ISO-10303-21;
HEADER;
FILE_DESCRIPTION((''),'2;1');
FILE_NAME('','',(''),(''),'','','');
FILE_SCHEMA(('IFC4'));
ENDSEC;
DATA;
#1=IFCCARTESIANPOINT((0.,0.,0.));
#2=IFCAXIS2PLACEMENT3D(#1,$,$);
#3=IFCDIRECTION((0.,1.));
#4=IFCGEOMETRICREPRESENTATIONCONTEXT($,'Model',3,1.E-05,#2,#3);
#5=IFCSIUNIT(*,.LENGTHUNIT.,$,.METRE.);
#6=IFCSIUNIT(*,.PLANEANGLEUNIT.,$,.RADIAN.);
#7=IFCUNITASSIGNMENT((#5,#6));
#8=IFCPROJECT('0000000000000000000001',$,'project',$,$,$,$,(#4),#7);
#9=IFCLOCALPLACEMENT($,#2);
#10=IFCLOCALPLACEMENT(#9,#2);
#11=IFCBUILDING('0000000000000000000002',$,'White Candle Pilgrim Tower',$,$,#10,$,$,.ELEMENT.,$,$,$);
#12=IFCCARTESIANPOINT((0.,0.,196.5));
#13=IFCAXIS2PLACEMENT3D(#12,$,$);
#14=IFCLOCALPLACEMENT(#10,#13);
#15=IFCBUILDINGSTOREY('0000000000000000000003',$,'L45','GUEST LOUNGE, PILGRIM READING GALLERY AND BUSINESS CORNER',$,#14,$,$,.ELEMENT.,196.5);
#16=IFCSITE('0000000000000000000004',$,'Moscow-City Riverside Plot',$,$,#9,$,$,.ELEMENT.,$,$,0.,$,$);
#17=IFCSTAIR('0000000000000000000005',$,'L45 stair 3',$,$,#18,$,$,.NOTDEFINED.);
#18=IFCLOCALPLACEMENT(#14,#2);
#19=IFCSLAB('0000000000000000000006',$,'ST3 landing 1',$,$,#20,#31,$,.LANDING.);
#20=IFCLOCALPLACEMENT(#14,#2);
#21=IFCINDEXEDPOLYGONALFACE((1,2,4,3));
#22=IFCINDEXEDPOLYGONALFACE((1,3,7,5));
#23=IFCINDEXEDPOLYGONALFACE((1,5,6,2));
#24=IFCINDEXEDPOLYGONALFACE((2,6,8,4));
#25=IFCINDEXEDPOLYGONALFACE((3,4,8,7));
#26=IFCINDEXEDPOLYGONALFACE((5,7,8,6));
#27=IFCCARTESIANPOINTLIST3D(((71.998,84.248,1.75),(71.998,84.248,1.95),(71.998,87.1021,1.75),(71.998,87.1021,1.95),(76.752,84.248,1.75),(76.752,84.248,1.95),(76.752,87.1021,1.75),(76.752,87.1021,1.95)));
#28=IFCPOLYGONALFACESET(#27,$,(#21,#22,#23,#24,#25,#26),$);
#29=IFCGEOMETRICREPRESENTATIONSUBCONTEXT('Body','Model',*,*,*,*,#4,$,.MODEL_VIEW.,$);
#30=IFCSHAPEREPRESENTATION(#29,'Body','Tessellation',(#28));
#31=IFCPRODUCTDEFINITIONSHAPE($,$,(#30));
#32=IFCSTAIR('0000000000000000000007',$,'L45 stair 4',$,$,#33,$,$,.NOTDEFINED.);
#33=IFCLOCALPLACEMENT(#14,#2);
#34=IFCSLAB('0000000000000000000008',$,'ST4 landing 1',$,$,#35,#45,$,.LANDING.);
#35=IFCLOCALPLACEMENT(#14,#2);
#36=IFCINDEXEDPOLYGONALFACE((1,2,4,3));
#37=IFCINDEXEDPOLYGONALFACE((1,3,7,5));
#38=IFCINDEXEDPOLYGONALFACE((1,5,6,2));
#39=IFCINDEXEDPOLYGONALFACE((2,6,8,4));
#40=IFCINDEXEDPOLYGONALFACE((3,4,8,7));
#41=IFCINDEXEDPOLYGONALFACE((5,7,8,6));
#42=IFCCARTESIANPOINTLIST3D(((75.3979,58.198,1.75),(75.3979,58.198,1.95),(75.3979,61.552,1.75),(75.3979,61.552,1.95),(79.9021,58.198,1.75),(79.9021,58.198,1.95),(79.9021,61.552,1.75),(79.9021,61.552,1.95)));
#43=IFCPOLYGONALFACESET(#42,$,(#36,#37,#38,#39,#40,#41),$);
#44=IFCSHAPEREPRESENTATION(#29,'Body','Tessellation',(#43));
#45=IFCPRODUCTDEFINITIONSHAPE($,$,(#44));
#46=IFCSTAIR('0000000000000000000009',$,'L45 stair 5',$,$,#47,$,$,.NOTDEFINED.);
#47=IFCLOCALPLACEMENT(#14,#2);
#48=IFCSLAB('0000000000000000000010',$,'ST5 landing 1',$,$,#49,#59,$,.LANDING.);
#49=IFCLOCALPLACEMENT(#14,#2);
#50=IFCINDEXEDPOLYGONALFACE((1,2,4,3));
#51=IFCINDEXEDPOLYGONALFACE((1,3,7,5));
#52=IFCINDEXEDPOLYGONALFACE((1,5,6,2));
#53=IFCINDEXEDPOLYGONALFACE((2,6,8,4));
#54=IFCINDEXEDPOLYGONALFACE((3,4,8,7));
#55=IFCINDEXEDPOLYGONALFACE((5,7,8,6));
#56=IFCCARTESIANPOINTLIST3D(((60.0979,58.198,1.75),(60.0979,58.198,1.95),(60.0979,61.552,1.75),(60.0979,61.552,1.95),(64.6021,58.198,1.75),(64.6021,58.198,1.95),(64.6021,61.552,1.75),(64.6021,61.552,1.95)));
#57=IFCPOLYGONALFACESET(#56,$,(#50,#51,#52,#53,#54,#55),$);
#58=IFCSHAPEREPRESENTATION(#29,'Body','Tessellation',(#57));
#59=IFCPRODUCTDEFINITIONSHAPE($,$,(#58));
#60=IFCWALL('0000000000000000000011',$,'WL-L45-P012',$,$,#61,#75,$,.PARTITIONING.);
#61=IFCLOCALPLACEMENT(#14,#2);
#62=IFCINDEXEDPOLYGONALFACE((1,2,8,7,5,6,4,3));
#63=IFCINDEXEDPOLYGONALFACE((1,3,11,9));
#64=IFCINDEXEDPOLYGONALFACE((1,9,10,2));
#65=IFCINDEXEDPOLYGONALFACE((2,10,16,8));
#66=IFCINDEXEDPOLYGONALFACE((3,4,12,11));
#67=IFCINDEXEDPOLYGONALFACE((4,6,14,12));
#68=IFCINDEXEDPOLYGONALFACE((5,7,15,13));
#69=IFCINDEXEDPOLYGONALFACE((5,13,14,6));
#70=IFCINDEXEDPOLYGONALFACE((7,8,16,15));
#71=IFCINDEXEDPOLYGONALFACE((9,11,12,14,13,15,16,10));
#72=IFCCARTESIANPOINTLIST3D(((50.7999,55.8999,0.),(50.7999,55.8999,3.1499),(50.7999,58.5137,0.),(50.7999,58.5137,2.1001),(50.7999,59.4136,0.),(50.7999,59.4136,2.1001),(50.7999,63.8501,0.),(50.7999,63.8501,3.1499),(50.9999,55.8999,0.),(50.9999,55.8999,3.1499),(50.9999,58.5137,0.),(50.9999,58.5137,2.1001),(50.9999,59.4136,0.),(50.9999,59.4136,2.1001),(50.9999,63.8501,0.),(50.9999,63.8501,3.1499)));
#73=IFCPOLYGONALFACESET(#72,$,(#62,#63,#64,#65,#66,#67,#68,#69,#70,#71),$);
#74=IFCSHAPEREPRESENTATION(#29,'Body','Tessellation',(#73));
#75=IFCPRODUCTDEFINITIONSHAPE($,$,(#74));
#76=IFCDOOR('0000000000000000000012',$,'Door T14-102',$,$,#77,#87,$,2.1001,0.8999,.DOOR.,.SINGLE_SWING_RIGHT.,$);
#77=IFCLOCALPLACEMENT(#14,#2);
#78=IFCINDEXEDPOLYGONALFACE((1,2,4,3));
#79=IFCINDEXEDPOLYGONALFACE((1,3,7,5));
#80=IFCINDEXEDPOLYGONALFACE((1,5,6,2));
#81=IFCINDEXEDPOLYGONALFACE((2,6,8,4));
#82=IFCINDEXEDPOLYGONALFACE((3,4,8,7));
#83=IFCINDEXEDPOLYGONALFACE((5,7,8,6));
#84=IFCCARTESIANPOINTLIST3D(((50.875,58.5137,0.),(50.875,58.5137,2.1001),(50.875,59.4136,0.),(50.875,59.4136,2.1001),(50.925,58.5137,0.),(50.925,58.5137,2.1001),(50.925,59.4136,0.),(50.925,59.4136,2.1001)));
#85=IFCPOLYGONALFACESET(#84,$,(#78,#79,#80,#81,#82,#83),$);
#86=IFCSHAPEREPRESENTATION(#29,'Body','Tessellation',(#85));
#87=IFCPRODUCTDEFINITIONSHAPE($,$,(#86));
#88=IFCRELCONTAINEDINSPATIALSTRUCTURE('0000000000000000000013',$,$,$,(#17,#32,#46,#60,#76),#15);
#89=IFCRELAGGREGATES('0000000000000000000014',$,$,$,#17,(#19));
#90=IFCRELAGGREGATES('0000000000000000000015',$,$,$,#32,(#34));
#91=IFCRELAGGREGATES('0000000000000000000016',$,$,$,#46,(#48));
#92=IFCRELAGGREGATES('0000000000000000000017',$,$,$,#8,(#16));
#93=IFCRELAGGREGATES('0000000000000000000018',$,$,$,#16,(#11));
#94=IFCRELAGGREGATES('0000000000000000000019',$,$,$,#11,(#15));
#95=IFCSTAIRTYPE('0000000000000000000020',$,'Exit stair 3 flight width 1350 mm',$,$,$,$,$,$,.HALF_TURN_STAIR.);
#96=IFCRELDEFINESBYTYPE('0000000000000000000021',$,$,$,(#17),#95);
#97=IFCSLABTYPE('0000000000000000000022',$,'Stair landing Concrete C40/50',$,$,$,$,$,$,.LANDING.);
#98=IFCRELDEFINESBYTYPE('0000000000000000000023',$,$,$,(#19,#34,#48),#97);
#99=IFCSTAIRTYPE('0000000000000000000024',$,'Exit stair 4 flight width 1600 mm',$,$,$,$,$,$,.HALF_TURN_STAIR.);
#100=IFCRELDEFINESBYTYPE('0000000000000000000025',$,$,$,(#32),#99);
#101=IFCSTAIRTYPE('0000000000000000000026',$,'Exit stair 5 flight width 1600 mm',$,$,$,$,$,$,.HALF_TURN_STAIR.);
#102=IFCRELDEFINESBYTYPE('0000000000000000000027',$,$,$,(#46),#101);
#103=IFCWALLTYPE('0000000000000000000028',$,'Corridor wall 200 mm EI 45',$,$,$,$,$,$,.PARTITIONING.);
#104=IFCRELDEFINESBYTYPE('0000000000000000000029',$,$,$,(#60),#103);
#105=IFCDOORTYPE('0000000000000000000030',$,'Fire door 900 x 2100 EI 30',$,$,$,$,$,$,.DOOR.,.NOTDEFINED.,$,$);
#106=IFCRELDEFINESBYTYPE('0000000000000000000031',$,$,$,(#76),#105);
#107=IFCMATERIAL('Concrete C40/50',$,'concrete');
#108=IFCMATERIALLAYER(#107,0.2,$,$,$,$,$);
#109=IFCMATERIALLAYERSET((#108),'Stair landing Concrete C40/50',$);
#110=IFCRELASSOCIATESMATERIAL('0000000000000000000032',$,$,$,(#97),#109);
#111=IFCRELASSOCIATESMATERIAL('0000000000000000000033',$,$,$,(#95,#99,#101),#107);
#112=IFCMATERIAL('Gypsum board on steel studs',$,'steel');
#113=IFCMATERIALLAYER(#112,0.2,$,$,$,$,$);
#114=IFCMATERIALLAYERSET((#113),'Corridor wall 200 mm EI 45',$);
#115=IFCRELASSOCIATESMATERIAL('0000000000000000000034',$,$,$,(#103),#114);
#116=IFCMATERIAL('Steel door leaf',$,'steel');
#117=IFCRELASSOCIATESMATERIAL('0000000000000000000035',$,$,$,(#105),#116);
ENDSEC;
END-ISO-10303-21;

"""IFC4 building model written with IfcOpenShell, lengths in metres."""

from ifc_helpers import new_model, si_unit, direction, frame, frame_2d, origin, place, context, subcontext, project, spatial, polyline, rectangle, outline, extrude, material, layer, layer_set, type_object, element, fill, aggregate, save


model = new_model("IFC4")

# Units and contexts
model_context = context("Model", 3, precision=1e-05, world=origin(), true_north=direction((0.0, 1.0)))
body_context = subcontext(model_context, "Body", "Model", "MODEL_VIEW")
ifc_project = project(units=[si_unit("LENGTHUNIT", "METRE"), si_unit("PLANEANGLEUNIT", "RADIAN")], contexts=[model_context])

# Site, building, storey
site_placement = place(None, origin())
site = spatial("IfcSite", under=ifc_project, at=site_placement, Name="Moscow-City Riverside Plot", CompositionType="ELEMENT", RefElevation=0.0)
building_placement = place(site_placement, origin())
building = spatial("IfcBuilding", under=site, at=building_placement, Name="White Candle Pilgrim Tower", CompositionType="ELEMENT")
storey_placement = place(building_placement, frame((0.0, 0.0, 196.5)))
storey = spatial("IfcBuildingStorey", under=building, at=storey_placement, Name="L45", Description="GUEST LOUNGE, PILGRIM READING GALLERY AND BUSINESS CORNER", CompositionType="ELEMENT", Elevation=196.5)

# Shared definitions
ifc_material_1 = material(Name="Concrete C40/50", Category="concrete")

# Stairs, slabs
ifc_layer_1 = layer(ifc_material_1, 0.2)
ifc_layer_set_1 = layer_set([ifc_layer_1], Name="Stair landing Concrete C40/50")
slab_type_1 = type_object("IfcSlabType", Name="Stair landing Concrete C40/50", PredefinedType="LANDING", material=ifc_layer_set_1)
stair_type_1 = type_object("IfcStairType", Name="Exit stair 3 flight width 1350 mm", PredefinedType="HALF_TURN_STAIR", material=ifc_material_1)
stair_1_placement = place(storey_placement, origin())
stair_1 = element("IfcStair", 1, at=stair_1_placement, inside=storey, type_object=stair_type_1, Name="L45 stair 3", PredefinedType="NOTDEFINED")
slab_1_placement = place(storey_placement, frame((0.0, 0.0, 1.75)))
slab_1 = element("IfcSlab", 2, at=slab_1_placement, type_object=slab_type_1, Name="ST3 landing 1", PredefinedType="LANDING", context=body_context, shape_type="SweptSolid", body=[
    extrude(outline(polyline([(71.998, 84.248), (71.998, 87.1021), (76.752, 87.1021), (76.752, 84.248), (71.998, 84.248)])), origin(), (0.0, 0.0, 1.0), 0.2),
])
aggregate(stair_1, [slab_1])
stair_type_2 = type_object("IfcStairType", Name="Exit stair 4 flight width 1600 mm", PredefinedType="HALF_TURN_STAIR", material=ifc_material_1)
stair_2_placement = place(storey_placement, origin())
stair_2 = element("IfcStair", 3, at=stair_2_placement, inside=storey, type_object=stair_type_2, Name="L45 stair 4", PredefinedType="NOTDEFINED")
slab_2_placement = place(storey_placement, frame((0.0, 0.0, 1.75)))
slab_2 = element("IfcSlab", 4, at=slab_2_placement, type_object=slab_type_1, Name="ST4 landing 1", PredefinedType="LANDING", context=body_context, shape_type="SweptSolid", body=[
    extrude(outline(polyline([(79.9021, 61.552), (79.9021, 58.198), (75.3979, 58.198), (75.3979, 61.552), (79.9021, 61.552)])), origin(), (0.0, 0.0, 1.0), 0.2),
])
aggregate(stair_2, [slab_2])
stair_type_3 = type_object("IfcStairType", Name="Exit stair 5 flight width 1600 mm", PredefinedType="HALF_TURN_STAIR", material=ifc_material_1)
stair_3_placement = place(storey_placement, origin())
stair_3 = element("IfcStair", 5, at=stair_3_placement, inside=storey, type_object=stair_type_3, Name="L45 stair 5", PredefinedType="NOTDEFINED")
slab_3_placement = place(storey_placement, frame((0.0, 0.0, 1.75)))
slab_3 = element("IfcSlab", 6, at=slab_3_placement, type_object=slab_type_1, Name="ST5 landing 1", PredefinedType="LANDING", context=body_context, shape_type="SweptSolid", body=[
    extrude(outline(polyline([(60.0979, 58.198), (60.0979, 61.552), (64.6021, 61.552), (64.6021, 58.198), (60.0979, 58.198)])), origin(), (0.0, 0.0, 1.0), 0.2),
])
aggregate(stair_3, [slab_3])

# Wall, opening, door
ifc_material_2 = material(Name="Gypsum board on steel studs", Category="steel")
ifc_layer_2 = layer(ifc_material_2, 0.2)
ifc_layer_set_2 = layer_set([ifc_layer_2], Name="Corridor wall 200 mm EI 45")
wall_type_1 = type_object("IfcWallType", Name="Corridor wall 200 mm EI 45", PredefinedType="PARTITIONING", material=ifc_layer_set_2)
wall_1_placement = place(storey_placement, frame((50.8999, 55.8999, 0.0), z_axis=(0.0, 0.0, 1.0), x_axis=(0.0, 1.0, 0.0)))
wall_1 = element("IfcWall", 7, at=wall_1_placement, inside=storey, type_object=wall_type_1, Name="WL-L45-P012", PredefinedType="PARTITIONING", context=body_context, shape_type="SweptSolid", body=[
    extrude(rectangle(XDim=7.9502, YDim=0.2, at=frame_2d((3.9751, 0.0))), origin(), (0.0, 0.0, 1.0), 3.1499),
])
opening_1_placement = place(wall_1_placement, frame((2.6138, 0.0, 0.0)))
opening_1 = element("IfcOpeningElement", 8, at=opening_1_placement, cuts=wall_1, PredefinedType="OPENING", context=body_context, shape_type="SweptSolid", body=[
    extrude(rectangle(XDim=0.8999, YDim=2.1001, at=frame_2d((0.45, 1.05))), frame((0.0, 0.1099, 0.0), z_axis=(0.0, -1.0, 0.0), x_axis=(1.0, 0.0, 0.0)), (0.0, 0.0, 1.0), 0.22),
])
ifc_material_3 = material(Name="Steel door leaf", Category="steel")
door_type = type_object("IfcDoorType", Name="Fire door 900 x 2100 EI 30", OperationType="NOTDEFINED", PredefinedType="DOOR", material=ifc_material_3)
door_placement = place(opening_1_placement, origin())
door = element("IfcDoor", 9, at=door_placement, inside=storey, type_object=door_type, Name="Door T14-102", OperationType="SINGLE_SWING_RIGHT", OverallHeight=2.1001, OverallWidth=0.8999, PredefinedType="DOOR", context=body_context, shape_type="SweptSolid", body=[
    extrude(rectangle(XDim=0.8999, YDim=2.1001, at=frame_2d((0.45, 1.05))), frame((0.0, 0.0249, 0.0), z_axis=(0.0, -1.0, 0.0), x_axis=(1.0, 0.0, 0.0)), (0.0, 0.0, 1.0), 0.05),
])
fill(opening_1, door)

save(model, "model.ifc")
